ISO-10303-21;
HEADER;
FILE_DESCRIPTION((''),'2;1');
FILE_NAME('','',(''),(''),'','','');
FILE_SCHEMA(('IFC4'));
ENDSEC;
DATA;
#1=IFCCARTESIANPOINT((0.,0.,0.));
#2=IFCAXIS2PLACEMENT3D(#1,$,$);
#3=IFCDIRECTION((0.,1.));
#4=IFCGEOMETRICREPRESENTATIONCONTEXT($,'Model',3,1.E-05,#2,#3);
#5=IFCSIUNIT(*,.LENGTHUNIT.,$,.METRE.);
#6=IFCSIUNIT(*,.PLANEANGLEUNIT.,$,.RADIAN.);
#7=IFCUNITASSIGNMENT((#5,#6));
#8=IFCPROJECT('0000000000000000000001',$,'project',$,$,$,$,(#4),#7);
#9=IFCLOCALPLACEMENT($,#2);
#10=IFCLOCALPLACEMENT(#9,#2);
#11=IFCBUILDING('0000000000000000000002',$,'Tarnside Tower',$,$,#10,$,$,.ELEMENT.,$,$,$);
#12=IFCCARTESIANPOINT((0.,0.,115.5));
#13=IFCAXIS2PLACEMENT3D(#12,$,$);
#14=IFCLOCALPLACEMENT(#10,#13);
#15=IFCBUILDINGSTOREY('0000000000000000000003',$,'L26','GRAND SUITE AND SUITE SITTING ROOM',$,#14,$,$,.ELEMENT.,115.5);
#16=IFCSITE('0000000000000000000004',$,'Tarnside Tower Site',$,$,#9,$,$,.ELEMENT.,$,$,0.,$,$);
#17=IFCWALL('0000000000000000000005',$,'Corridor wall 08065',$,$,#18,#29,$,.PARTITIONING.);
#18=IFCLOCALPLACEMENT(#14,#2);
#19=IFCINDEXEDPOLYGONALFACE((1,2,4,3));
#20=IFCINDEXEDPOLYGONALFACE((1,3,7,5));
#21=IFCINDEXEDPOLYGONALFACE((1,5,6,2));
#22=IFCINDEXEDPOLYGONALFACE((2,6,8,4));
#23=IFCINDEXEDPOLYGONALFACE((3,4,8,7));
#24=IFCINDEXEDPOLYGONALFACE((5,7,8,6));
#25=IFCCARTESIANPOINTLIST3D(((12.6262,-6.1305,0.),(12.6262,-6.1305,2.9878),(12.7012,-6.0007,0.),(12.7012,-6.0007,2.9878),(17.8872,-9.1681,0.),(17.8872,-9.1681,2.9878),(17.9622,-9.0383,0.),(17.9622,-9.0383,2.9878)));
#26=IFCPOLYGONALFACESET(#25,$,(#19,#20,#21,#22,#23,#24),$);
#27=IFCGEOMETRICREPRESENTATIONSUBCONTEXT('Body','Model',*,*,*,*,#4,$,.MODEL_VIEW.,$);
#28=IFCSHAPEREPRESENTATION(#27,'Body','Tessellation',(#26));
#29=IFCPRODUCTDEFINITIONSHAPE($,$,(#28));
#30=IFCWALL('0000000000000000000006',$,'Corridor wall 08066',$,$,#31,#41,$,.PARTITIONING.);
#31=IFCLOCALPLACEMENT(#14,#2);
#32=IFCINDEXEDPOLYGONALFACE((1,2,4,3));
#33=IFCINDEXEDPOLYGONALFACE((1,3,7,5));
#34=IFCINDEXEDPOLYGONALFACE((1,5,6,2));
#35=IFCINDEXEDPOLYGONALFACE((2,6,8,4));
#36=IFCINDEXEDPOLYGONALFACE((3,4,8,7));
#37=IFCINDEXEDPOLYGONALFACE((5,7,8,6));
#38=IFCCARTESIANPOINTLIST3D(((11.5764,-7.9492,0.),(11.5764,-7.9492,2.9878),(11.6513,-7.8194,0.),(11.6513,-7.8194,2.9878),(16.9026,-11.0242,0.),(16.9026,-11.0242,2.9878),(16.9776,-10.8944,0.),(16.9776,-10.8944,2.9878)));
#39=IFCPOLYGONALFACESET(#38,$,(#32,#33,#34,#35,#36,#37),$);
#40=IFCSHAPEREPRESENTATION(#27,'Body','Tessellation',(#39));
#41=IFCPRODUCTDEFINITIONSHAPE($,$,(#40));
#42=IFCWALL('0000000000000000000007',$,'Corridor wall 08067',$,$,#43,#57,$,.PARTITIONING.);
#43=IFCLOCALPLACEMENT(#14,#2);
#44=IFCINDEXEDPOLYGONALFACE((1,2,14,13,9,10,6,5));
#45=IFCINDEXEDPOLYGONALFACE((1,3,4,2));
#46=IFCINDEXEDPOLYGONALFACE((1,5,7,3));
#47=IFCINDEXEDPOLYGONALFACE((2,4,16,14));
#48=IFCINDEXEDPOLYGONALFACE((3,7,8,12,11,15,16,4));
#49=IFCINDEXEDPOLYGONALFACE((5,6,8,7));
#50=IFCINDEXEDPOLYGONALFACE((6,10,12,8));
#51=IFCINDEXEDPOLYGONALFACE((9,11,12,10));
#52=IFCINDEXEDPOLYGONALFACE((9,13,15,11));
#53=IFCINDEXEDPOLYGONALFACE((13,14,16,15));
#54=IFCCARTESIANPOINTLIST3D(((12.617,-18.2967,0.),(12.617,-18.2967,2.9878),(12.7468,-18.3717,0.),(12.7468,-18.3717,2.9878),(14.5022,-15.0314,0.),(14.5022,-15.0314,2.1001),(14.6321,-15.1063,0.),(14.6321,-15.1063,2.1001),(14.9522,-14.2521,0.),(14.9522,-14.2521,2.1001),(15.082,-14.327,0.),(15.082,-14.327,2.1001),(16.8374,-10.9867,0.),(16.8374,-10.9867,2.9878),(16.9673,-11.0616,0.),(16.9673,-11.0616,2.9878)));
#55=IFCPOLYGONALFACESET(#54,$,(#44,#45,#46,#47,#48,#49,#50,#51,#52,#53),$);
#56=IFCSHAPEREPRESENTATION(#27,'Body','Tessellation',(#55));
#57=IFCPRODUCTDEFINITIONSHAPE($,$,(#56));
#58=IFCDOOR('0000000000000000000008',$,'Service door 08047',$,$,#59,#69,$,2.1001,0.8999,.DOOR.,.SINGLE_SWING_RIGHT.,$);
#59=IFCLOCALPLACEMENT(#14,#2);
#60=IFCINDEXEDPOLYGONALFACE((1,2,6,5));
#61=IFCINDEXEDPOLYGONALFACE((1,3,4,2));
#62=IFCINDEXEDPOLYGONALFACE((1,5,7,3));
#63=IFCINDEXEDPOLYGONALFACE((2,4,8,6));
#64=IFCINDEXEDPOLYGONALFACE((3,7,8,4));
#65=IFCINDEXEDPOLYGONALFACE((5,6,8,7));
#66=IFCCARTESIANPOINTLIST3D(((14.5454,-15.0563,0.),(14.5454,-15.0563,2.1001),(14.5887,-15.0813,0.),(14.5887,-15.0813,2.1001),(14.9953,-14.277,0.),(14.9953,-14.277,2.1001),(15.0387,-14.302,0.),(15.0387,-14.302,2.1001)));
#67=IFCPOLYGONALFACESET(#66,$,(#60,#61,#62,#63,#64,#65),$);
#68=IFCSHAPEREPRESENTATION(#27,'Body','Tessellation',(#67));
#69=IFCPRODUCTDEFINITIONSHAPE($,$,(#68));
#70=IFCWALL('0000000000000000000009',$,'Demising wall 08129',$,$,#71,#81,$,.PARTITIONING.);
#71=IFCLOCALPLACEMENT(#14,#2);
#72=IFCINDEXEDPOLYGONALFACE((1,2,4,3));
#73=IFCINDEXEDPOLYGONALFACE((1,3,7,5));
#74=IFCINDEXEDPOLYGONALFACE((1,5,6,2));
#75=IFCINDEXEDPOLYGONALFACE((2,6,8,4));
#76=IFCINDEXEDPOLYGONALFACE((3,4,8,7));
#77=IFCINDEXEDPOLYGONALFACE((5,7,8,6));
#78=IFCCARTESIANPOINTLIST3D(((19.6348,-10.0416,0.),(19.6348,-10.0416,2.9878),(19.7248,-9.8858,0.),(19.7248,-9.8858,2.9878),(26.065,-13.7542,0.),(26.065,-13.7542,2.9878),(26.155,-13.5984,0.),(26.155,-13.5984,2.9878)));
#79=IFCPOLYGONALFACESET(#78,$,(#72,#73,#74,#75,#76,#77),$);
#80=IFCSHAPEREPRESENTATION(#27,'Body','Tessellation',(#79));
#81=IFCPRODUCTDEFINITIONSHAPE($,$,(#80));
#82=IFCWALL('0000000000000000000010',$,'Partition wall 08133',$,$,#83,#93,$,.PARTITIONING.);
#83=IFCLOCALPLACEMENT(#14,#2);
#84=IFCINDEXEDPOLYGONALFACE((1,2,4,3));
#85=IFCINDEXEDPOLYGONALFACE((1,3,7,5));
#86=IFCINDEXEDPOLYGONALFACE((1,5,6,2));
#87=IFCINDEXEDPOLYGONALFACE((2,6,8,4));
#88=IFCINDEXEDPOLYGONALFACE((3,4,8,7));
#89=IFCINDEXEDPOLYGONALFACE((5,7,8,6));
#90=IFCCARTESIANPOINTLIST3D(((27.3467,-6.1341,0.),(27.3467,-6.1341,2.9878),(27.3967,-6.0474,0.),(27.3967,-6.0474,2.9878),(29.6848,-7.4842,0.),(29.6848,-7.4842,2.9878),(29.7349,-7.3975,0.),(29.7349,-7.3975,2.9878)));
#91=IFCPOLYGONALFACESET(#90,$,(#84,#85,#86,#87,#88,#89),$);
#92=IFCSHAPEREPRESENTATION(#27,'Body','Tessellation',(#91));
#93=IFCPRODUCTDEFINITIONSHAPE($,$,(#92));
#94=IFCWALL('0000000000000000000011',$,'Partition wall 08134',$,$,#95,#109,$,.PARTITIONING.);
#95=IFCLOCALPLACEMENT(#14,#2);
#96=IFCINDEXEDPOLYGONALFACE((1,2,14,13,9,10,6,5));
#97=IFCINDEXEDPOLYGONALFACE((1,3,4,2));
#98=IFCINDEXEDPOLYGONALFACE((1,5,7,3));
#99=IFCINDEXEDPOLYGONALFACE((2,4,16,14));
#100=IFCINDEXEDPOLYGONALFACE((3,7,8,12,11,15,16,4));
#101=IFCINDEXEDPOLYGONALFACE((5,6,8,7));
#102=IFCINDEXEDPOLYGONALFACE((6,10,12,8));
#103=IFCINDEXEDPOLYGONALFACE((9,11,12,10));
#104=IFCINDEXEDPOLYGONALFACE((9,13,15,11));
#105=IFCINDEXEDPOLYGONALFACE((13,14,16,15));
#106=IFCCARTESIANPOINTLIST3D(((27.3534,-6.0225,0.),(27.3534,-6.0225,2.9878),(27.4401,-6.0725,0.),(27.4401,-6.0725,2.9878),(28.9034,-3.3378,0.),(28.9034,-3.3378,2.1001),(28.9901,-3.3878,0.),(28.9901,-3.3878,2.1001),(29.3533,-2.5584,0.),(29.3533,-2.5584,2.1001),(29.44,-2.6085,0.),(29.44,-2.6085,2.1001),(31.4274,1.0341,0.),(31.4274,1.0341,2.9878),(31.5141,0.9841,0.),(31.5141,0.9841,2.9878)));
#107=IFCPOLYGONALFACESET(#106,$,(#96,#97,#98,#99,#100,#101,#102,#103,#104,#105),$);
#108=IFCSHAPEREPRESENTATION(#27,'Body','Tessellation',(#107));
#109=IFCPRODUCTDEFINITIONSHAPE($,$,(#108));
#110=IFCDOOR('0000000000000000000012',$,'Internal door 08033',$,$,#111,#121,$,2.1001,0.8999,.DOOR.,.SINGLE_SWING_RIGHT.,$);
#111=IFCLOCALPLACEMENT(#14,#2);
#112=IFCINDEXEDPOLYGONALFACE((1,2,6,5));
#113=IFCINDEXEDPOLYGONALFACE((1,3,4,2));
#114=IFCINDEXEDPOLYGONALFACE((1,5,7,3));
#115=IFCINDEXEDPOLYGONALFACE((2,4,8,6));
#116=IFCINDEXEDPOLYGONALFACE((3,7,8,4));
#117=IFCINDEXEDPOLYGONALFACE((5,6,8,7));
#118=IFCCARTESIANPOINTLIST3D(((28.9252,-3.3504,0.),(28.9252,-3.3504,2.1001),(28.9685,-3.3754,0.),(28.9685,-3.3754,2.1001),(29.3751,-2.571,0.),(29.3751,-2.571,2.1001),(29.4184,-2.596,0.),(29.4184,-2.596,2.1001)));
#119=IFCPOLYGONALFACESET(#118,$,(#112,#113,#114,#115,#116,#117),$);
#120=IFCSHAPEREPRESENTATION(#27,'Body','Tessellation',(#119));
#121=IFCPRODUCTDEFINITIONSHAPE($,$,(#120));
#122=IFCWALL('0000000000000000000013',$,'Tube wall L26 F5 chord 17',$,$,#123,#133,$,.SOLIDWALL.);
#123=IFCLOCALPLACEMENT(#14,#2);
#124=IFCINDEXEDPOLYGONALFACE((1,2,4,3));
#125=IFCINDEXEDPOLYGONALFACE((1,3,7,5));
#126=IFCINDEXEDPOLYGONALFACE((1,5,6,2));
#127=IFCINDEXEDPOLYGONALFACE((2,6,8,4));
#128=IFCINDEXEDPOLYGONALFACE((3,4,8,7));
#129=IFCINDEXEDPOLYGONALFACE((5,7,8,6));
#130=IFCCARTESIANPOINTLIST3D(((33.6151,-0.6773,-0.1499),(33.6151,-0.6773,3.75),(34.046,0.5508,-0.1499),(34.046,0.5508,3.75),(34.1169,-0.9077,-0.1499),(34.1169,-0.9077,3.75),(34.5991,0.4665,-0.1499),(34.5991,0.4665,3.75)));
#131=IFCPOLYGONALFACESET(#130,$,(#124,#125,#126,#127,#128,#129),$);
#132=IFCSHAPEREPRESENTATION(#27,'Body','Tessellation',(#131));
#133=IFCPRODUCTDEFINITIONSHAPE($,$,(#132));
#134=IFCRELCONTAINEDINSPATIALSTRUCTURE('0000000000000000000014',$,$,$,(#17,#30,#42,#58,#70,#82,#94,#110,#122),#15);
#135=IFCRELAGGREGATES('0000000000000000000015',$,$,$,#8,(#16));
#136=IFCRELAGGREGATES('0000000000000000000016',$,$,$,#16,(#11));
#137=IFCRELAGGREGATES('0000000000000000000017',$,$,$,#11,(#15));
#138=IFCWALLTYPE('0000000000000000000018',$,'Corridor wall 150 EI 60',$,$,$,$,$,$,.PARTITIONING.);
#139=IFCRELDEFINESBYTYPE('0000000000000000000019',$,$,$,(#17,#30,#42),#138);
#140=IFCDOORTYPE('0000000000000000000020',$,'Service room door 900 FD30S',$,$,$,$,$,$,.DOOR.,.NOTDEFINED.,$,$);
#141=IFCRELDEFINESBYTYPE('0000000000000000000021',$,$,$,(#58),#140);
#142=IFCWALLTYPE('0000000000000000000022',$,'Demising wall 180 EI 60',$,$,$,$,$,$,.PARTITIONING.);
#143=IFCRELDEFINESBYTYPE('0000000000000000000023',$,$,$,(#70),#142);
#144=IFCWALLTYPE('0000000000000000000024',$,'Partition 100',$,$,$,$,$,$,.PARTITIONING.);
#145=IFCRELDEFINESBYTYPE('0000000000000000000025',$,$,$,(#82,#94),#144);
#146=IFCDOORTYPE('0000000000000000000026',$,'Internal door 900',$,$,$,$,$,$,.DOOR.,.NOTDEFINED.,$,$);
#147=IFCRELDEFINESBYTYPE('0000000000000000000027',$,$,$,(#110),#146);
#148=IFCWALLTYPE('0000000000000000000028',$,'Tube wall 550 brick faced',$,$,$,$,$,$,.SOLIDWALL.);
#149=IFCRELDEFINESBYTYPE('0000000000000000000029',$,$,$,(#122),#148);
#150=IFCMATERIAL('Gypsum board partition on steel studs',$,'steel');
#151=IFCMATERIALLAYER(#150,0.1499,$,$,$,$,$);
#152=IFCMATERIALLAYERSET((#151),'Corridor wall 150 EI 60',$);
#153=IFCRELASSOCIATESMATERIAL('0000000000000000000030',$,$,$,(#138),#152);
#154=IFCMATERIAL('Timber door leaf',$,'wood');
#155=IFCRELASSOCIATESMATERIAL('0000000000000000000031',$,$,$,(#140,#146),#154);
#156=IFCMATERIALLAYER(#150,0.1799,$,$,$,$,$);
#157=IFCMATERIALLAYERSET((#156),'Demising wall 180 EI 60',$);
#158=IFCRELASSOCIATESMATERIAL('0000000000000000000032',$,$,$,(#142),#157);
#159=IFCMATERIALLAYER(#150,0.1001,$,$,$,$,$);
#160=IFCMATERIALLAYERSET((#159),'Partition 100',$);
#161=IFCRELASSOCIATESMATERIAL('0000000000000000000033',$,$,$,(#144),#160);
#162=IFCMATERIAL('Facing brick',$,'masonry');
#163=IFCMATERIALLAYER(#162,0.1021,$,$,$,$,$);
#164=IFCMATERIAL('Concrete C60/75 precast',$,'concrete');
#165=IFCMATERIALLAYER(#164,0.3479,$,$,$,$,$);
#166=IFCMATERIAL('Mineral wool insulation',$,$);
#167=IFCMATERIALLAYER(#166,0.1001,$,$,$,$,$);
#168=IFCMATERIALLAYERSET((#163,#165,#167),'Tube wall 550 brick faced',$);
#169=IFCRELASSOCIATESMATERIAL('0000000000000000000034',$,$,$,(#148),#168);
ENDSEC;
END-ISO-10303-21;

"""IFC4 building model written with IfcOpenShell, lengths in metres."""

from ifc_helpers import new_model, si_unit, direction, frame, frame_2d, origin, place, context, subcontext, project, spatial, polyline, rectangle, outline, extrude, material, layer, layer_set, type_object, element, fill, save


model = new_model("IFC4")

# Units and contexts
model_context = context("Model", 3, precision=1e-05, world=origin(), true_north=direction((0.0, 1.0)))
body_context = subcontext(model_context, "Body", "Model", "MODEL_VIEW")
ifc_project = project(units=[si_unit("LENGTHUNIT", "METRE"), si_unit("PLANEANGLEUNIT", "RADIAN")], contexts=[model_context])

# Site, building, storey
site_placement = place(None, origin())
site = spatial("IfcSite", under=ifc_project, at=site_placement, Name="Tarnside Tower Site", CompositionType="ELEMENT", RefElevation=0.0)
building_placement = place(site_placement, origin())
building = spatial("IfcBuilding", under=site, at=building_placement, Name="Tarnside Tower", CompositionType="ELEMENT")
storey_placement = place(building_placement, frame((0.0, 0.0, 115.5)))
storey = spatial("IfcBuildingStorey", under=building, at=storey_placement, Name="L26", Description="GRAND SUITE AND SUITE SITTING ROOM", CompositionType="ELEMENT", Elevation=115.5)

# Shared definitions
ifc_material_1 = material(Name="Gypsum board partition on steel studs", Category="steel")

# Shared definitions
ifc_material_2 = material(Name="Timber door leaf", Category="wood")

# Walls
ifc_layer_1 = layer(ifc_material_1, 0.1499)
ifc_layer_set_1 = layer_set([ifc_layer_1], Name="Corridor wall 150 EI 60")
wall_type_1 = type_object("IfcWallType", Name="Corridor wall 150 EI 60", PredefinedType="PARTITIONING", material=ifc_layer_set_1)
wall_1_placement = place(storey_placement, frame((17.9248, -9.1033, 0.0), z_axis=(0.0, 0.0, 1.0), x_axis=(-0.866014, 0.50002, 0.0)))
element("IfcWall", 1, at=wall_1_placement, inside=storey, type_object=wall_type_1, Name="Corridor wall 08065", PredefinedType="PARTITIONING", context=body_context, shape_type="SweptSolid", body=[
    extrude(rectangle(XDim=6.075, YDim=0.1499, at=frame_2d((3.0376, 0.0))), origin(), (0.0, 0.0, 1.0), 2.9878),
])
wall_2_placement = place(storey_placement, frame((11.6138, -7.8843, 0.0), z_axis=(0.0, 0.0, 1.0), x_axis=(0.866034, -0.499986, 0.0)))
element("IfcWall", 2, at=wall_2_placement, inside=storey, type_object=wall_type_1, Name="Corridor wall 08066", PredefinedType="PARTITIONING", context=body_context, shape_type="SweptSolid", body=[
    extrude(rectangle(XDim=6.1501, YDim=0.1499, at=frame_2d((3.0752, 0.0))), origin(), (0.0, 0.0, 1.0), 2.9878),
])

# Wall, opening, door
wall_3_placement = place(storey_placement, frame((16.9023, -11.0242, 0.0), z_axis=(0.0, 0.0, 1.0), x_axis=(-0.5, -0.866026, 0.0)))
wall_3 = element("IfcWall", 3, at=wall_3_placement, inside=storey, type_object=wall_type_1, Name="Corridor wall 08067", PredefinedType="PARTITIONING", context=body_context, shape_type="SweptSolid", body=[
    extrude(rectangle(XDim=8.4409, YDim=0.1499, at=frame_2d((4.2205, 0.0))), origin(), (0.0, 0.0, 1.0), 2.9878),
])
opening_1_placement = place(wall_3_placement, frame((3.7705, 0.0, 0.0)))
opening_1 = element("IfcOpeningElement", 4, at=opening_1_placement, cuts=wall_3, PredefinedType="OPENING", context=body_context, shape_type="SweptSolid", body=[
    extrude(rectangle(XDim=0.8999, YDim=2.1001, at=frame_2d((0.45, 1.05))), frame((0.0, 0.085, 0.0), z_axis=(0.0, -1.0, 0.0), x_axis=(1.0, 0.0, 0.0)), (0.0, 0.0, 1.0), 0.1699),
])
door_type_1 = type_object("IfcDoorType", Name="Service room door 900 FD30S", OperationType="NOTDEFINED", PredefinedType="DOOR", material=ifc_material_2)
door_1_placement = place(opening_1_placement, origin())
door_1 = element("IfcDoor", 5, at=door_1_placement, inside=storey, type_object=door_type_1, Name="Service door 08047", OperationType="SINGLE_SWING_RIGHT", OverallHeight=2.1001, OverallWidth=0.8999, PredefinedType="DOOR", context=body_context, shape_type="SweptSolid", body=[
    extrude(rectangle(XDim=0.8999, YDim=2.1001, at=frame_2d((0.45, 1.05))), frame((0.0, 0.0249, 0.0), z_axis=(0.0, -1.0, 0.0), x_axis=(1.0, 0.0, 0.0)), (0.0, 0.0, 1.0), 0.05),
])
fill(opening_1, door_1)

# Walls
ifc_layer_2 = layer(ifc_material_1, 0.1799)
ifc_layer_set_2 = layer_set([ifc_layer_2], Name="Demising wall 180 EI 60")
wall_type_2 = type_object("IfcWallType", Name="Demising wall 180 EI 60", PredefinedType="PARTITIONING", material=ifc_layer_set_2)
wall_4_placement = place(storey_placement, frame((26.1099, -13.6763, 0.0), z_axis=(0.0, 0.0, 1.0), x_axis=(-0.866015, 0.500018, 0.0)))
element("IfcWall", 6, at=wall_4_placement, inside=storey, type_object=wall_type_2, Name="Demising wall 08129", PredefinedType="PARTITIONING", context=body_context, shape_type="SweptSolid", body=[
    extrude(rectangle(XDim=7.425, YDim=0.1799, at=frame_2d((3.7124, 0.0))), origin(), (0.0, 0.0, 1.0), 2.9878),
])
ifc_layer_3 = layer(ifc_material_1, 0.1001)
ifc_layer_set_3 = layer_set([ifc_layer_3], Name="Partition 100")
wall_type_3 = type_object("IfcWallType", Name="Partition 100", PredefinedType="PARTITIONING", material=ifc_layer_set_3)
wall_5_placement = place(storey_placement, frame((29.71, -7.4409, 0.0), z_axis=(0.0, 0.0, 1.0), x_axis=(-0.865997, 0.500049, 0.0)))
element("IfcWall", 7, at=wall_5_placement, inside=storey, type_object=wall_type_3, Name="Partition wall 08133", PredefinedType="PARTITIONING", context=body_context, shape_type="SweptSolid", body=[
    extrude(rectangle(XDim=2.7, YDim=0.1001, at=frame_2d((1.3501, 0.0))), origin(), (0.0, 0.0, 1.0), 2.9878),
])

# Wall, opening, door
wall_6_placement = place(storey_placement, frame((27.3967, -6.0476, 0.0), z_axis=(0.0, 0.0, 1.0), x_axis=(0.499984, 0.866035, 0.0)))
wall_6 = element("IfcWall", 8, at=wall_6_placement, inside=storey, type_object=wall_type_3, Name="Partition wall 08134", PredefinedType="PARTITIONING", context=body_context, shape_type="SweptSolid", body=[
    extrude(rectangle(XDim=8.1482, YDim=0.1001, at=frame_2d((4.0742, 0.0))), origin(), (0.0, 0.0, 1.0), 2.9878),
])
opening_2_placement = place(wall_6_placement, frame((3.1001, 0.0, 0.0)))
opening_2 = element("IfcOpeningElement", 9, at=opening_2_placement, cuts=wall_6, PredefinedType="OPENING", context=body_context, shape_type="SweptSolid", body=[
    extrude(rectangle(XDim=0.8999, YDim=2.1001, at=frame_2d((0.45, 1.05))), frame((0.0, 0.0601, 0.0), z_axis=(0.0, -1.0, 0.0), x_axis=(1.0, 0.0, 0.0)), (0.0, 0.0, 1.0), 0.1201),
])
door_type_2 = type_object("IfcDoorType", Name="Internal door 900", OperationType="NOTDEFINED", PredefinedType="DOOR", material=ifc_material_2)
door_2_placement = place(opening_2_placement, origin())
door_2 = element("IfcDoor", 10, at=door_2_placement, inside=storey, type_object=door_type_2, Name="Internal door 08033", OperationType="SINGLE_SWING_RIGHT", OverallHeight=2.1001, OverallWidth=0.8999, PredefinedType="DOOR", context=body_context, shape_type="SweptSolid", body=[
    extrude(rectangle(XDim=0.8999, YDim=2.1001, at=frame_2d((0.45, 1.05))), frame((0.0, 0.0249, 0.0), z_axis=(0.0, -1.0, 0.0), x_axis=(1.0, 0.0, 0.0)), (0.0, 0.0, 1.0), 0.05),
])
fill(opening_2, door_2)

# Wall
ifc_material_3 = material(Name="Facing brick", Category="masonry")
ifc_layer_4 = layer(ifc_material_3, 0.1021)
ifc_material_4 = material(Name="Concrete C60/75 precast", Category="concrete")
ifc_layer_5 = layer(ifc_material_4, 0.3479)
ifc_material_5 = material(Name="Mineral wool insulation")
ifc_layer_6 = layer(ifc_material_5, 0.1001)
ifc_layer_set_4 = layer_set([ifc_layer_4, ifc_layer_5, ifc_layer_6], Name="Tube wall 550 brick faced")
wall_type_4 = type_object("IfcWallType", Name="Tube wall 550 brick faced", PredefinedType="SOLIDWALL", material=ifc_layer_set_4)
wall_7_placement = place(storey_placement, frame((33.866, -0.7925, -0.1499), z_axis=(0.0, 0.0, 1.0), x_axis=(0.331115, 0.94359, 0.0)))
element("IfcWall", 11, at=wall_7_placement, inside=storey, type_object=wall_type_4, Name="Tube wall L26 F5 chord 17", PredefinedType="SOLIDWALL", context=body_context, shape_type="SweptSolid", body=[
    extrude(outline(polyline([(-0.0256, -0.2749), (1.4307, -0.2749), (1.3271, 0.2749), (0.0256, 0.2749), (-0.0256, -0.2749)])), origin(), (0.0, 0.0, 1.0), 3.8999),
])

save(model, "model.ifc")
